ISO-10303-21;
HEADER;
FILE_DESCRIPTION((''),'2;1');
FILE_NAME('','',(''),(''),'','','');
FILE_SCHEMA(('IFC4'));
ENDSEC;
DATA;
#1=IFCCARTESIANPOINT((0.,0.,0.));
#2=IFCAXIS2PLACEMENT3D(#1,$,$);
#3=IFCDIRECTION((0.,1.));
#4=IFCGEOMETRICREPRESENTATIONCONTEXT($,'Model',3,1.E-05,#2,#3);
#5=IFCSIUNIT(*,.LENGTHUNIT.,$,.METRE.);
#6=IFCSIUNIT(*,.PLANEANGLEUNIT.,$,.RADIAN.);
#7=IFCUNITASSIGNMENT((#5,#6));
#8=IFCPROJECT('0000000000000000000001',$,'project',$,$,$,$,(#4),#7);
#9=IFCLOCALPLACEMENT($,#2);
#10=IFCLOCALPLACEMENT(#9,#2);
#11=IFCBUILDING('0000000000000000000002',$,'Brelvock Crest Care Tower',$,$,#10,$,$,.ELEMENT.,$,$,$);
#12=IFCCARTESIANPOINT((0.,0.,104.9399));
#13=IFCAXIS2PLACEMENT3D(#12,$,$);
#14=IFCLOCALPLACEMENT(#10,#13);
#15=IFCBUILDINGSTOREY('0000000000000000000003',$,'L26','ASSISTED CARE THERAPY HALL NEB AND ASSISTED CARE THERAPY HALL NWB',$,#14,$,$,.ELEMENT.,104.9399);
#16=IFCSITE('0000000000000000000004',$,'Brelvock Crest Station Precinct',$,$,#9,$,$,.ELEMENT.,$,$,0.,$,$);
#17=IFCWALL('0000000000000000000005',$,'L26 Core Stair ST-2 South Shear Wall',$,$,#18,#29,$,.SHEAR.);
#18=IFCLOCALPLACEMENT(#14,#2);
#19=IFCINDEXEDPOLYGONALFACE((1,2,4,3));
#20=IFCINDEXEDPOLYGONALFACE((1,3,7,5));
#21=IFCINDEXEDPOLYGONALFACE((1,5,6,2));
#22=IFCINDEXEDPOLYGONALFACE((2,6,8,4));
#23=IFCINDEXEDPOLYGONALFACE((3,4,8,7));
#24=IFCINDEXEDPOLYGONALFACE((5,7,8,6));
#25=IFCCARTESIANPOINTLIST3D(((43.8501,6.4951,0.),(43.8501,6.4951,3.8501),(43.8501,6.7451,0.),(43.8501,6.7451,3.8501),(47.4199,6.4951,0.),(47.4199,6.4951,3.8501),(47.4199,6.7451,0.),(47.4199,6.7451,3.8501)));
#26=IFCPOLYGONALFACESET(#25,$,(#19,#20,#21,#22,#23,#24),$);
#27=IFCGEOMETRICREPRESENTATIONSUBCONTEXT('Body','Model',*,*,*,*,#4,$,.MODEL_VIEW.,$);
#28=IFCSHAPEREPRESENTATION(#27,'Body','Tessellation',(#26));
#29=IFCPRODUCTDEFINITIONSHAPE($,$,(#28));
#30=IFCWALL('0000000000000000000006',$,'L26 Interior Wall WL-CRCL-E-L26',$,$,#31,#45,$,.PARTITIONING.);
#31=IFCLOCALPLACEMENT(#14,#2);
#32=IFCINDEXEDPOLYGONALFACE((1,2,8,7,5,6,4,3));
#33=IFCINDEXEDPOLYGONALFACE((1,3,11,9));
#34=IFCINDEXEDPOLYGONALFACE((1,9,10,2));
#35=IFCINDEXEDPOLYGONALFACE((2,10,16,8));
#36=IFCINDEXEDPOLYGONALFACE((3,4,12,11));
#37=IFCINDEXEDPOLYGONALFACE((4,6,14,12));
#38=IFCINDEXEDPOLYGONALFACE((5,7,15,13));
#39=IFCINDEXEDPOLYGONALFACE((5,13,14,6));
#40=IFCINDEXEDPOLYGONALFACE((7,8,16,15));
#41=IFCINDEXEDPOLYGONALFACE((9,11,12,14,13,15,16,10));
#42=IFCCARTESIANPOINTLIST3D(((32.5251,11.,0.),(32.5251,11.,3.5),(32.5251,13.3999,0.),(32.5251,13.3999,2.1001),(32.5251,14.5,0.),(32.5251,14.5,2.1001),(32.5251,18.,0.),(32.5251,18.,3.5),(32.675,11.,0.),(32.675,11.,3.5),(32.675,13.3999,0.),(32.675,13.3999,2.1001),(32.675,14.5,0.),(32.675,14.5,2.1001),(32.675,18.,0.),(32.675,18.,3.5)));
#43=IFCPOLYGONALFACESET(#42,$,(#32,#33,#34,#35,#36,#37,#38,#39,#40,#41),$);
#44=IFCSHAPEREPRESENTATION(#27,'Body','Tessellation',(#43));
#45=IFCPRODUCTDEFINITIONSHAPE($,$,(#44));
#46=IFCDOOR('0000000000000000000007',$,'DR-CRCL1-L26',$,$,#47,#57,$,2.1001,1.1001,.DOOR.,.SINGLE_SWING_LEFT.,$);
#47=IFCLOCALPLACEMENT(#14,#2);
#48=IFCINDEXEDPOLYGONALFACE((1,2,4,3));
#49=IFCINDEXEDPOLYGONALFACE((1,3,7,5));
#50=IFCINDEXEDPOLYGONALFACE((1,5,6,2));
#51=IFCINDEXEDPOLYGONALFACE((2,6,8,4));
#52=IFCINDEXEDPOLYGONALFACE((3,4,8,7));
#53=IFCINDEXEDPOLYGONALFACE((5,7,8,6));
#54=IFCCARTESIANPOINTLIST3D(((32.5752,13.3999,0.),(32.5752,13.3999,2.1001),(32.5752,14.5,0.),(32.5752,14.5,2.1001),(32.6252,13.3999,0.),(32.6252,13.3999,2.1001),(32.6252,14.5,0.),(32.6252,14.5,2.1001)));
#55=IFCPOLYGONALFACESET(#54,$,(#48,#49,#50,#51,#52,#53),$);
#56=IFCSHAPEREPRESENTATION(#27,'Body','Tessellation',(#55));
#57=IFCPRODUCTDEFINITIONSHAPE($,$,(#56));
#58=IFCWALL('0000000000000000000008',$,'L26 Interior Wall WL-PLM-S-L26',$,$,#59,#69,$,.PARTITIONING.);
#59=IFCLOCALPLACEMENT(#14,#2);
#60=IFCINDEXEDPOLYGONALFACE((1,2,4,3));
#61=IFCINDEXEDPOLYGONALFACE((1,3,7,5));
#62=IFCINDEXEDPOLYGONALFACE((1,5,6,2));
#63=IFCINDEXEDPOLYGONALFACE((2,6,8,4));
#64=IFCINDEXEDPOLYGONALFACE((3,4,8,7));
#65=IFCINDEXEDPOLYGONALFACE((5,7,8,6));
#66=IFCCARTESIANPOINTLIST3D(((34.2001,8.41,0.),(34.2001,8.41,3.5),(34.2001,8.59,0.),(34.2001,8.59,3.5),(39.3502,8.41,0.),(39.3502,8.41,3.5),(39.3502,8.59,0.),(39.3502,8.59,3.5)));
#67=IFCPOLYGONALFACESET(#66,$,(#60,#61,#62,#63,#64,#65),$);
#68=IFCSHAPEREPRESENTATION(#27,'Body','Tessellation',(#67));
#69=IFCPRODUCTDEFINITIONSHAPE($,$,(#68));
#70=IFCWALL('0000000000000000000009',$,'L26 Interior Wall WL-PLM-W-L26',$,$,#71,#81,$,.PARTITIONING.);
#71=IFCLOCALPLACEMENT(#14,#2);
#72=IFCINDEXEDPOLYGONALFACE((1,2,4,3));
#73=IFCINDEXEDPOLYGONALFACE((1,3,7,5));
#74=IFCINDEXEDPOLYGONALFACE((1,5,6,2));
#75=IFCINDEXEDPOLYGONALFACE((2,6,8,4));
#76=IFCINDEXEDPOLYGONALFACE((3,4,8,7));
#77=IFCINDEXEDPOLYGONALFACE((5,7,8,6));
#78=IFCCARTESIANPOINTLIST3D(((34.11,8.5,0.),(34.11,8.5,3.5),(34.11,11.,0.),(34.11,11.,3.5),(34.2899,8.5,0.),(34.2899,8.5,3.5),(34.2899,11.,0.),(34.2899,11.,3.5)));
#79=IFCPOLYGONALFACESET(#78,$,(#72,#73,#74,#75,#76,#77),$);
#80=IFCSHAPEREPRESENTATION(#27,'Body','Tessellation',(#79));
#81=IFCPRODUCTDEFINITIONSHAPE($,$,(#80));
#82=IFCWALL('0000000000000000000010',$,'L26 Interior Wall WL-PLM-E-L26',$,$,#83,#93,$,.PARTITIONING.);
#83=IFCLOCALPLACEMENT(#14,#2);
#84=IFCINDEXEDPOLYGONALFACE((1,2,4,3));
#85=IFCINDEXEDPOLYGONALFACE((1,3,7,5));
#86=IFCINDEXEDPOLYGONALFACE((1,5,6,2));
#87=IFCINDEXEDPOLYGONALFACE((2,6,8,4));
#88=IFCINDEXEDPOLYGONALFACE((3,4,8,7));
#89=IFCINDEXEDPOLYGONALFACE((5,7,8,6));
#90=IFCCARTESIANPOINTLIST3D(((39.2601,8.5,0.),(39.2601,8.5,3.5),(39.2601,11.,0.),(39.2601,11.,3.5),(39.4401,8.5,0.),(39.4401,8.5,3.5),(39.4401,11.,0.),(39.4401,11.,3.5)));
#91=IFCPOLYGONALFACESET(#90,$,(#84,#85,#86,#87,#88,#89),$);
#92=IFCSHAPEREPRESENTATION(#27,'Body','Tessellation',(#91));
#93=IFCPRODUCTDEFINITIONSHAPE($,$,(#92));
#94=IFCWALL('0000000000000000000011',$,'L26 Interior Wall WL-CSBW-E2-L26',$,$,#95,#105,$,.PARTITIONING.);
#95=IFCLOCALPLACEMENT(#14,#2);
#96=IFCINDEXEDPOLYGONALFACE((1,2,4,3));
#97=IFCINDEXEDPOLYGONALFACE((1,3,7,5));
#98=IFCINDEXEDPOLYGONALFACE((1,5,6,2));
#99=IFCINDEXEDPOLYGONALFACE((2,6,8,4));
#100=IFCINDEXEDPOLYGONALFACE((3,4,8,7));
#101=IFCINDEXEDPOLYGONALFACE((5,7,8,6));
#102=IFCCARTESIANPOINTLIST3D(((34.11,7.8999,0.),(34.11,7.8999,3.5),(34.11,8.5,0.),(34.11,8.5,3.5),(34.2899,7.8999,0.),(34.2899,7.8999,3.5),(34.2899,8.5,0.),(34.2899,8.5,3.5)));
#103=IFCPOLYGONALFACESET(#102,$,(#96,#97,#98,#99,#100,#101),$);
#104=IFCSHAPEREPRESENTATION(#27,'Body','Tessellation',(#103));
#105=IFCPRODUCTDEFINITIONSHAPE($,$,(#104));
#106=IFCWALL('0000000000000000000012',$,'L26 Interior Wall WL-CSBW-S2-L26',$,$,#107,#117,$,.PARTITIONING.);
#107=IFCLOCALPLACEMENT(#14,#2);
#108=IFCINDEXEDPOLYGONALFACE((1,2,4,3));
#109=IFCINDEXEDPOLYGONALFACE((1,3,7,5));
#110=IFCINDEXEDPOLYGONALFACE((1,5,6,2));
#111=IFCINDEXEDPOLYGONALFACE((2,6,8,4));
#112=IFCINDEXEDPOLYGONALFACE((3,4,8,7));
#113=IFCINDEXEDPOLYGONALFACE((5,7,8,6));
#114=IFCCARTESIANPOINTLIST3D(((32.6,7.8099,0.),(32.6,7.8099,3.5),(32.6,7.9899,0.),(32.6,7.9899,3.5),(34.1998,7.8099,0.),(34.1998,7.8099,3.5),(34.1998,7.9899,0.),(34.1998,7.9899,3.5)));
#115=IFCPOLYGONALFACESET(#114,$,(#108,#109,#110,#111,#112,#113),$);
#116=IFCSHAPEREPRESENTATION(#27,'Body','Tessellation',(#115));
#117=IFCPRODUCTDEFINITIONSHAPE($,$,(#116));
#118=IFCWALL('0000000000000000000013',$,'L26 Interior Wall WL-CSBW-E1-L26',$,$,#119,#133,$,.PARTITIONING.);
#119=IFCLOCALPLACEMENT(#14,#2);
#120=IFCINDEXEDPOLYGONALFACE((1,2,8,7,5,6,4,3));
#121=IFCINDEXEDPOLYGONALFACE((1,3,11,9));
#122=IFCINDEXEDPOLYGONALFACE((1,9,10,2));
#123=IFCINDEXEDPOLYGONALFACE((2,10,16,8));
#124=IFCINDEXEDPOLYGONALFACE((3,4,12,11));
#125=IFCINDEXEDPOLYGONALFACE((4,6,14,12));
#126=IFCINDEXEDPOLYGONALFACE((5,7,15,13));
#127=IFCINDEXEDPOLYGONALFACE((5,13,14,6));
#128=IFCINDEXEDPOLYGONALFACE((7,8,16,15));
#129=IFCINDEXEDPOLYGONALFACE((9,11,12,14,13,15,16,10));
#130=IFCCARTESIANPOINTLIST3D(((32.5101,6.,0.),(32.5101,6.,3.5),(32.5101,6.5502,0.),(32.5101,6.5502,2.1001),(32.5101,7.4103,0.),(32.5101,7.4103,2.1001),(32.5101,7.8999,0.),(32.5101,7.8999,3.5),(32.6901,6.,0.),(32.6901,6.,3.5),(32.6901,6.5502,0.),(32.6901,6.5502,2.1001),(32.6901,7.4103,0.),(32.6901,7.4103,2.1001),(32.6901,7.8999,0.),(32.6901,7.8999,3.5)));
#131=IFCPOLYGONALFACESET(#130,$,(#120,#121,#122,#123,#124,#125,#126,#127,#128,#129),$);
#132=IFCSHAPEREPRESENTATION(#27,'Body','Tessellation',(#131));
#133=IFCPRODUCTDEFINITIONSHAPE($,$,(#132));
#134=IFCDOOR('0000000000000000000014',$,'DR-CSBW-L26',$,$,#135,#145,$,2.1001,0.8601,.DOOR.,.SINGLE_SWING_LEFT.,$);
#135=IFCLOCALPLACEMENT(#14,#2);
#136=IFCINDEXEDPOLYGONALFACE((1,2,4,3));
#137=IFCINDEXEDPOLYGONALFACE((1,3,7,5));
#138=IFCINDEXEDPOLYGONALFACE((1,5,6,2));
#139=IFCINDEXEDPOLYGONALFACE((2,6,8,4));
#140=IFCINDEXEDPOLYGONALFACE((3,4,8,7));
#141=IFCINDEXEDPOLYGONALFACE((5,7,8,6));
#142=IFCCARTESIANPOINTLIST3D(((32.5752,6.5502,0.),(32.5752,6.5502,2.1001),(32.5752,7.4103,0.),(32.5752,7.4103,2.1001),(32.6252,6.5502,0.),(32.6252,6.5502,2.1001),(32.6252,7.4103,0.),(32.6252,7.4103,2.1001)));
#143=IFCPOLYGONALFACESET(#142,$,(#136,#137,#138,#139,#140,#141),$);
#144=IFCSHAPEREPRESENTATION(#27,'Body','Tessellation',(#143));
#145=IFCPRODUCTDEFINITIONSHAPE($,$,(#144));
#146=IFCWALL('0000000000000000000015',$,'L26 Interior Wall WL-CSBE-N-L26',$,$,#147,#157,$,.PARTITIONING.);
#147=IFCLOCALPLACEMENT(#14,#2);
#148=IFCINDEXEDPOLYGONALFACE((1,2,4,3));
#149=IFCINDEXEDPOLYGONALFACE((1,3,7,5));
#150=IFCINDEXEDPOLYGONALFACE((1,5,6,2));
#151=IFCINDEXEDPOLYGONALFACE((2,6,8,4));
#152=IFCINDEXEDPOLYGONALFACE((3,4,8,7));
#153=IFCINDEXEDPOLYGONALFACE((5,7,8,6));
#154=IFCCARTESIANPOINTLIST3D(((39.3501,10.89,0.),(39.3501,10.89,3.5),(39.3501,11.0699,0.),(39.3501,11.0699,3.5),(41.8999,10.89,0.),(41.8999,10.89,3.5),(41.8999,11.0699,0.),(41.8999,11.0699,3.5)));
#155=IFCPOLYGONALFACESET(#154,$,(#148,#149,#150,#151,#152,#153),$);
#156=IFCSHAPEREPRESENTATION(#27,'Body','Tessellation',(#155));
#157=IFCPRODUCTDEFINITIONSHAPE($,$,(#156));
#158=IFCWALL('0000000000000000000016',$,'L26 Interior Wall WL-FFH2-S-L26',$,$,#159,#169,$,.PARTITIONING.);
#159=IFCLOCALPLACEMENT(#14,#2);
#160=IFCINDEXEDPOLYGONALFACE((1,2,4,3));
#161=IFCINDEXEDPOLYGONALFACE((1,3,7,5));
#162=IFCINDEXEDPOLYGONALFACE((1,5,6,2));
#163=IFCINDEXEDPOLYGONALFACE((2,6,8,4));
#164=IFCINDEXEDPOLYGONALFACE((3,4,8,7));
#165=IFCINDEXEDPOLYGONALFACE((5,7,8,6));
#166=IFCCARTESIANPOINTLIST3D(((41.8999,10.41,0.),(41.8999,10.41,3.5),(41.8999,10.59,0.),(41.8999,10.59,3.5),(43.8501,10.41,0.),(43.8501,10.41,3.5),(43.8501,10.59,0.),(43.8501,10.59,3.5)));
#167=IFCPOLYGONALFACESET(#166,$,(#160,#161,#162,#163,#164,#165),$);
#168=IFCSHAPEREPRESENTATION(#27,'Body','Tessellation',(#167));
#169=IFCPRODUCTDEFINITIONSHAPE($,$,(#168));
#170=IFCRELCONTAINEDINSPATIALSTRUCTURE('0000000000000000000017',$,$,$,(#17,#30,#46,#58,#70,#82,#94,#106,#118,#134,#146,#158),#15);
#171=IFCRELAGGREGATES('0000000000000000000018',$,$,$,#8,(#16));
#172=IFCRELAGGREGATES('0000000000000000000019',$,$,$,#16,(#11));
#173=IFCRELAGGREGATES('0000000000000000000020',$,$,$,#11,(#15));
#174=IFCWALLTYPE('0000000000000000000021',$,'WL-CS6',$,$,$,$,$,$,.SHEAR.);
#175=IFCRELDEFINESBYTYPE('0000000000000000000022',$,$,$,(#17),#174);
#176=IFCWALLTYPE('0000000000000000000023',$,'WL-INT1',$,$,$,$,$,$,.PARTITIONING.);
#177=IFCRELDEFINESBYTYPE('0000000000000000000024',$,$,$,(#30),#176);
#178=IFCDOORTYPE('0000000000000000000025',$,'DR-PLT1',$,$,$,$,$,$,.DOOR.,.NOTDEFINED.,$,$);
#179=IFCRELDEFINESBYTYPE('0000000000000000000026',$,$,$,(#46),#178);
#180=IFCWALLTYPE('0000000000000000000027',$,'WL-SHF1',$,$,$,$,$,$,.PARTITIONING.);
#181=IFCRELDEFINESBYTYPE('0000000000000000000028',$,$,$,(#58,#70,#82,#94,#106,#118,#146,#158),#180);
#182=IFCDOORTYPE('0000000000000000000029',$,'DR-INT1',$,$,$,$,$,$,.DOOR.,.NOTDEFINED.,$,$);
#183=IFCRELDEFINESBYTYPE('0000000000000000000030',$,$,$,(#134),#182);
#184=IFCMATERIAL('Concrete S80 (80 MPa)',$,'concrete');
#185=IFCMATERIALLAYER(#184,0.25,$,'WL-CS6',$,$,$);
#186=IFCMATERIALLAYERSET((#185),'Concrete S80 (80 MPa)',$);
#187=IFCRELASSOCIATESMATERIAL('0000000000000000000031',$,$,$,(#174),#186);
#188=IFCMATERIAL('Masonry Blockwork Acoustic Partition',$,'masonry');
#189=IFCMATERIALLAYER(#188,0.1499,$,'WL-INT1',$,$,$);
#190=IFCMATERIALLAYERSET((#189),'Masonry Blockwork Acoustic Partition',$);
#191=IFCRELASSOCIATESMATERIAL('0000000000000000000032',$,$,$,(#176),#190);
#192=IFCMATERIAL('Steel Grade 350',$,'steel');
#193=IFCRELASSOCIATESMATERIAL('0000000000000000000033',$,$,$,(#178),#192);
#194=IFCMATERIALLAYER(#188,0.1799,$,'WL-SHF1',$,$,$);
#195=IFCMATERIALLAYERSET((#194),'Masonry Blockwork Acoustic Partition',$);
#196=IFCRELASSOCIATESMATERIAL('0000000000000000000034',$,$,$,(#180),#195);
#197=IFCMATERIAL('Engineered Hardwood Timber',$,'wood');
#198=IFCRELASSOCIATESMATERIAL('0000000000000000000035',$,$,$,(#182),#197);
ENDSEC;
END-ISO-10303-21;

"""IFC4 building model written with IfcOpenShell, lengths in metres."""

from ifc_helpers import new_model, si_unit, direction, frame, frame_2d, origin, origin_2d, place, context, subcontext, project, spatial, rectangle, extrude, source, transform, mapped, material, layer, layer_set, type_object, element, fill, save


model = new_model("IFC4")

# Units and contexts
model_context = context("Model", 3, precision=1e-05, world=origin(), true_north=direction((0.0, 1.0)))
body_context = subcontext(model_context, "Body", "Model", "MODEL_VIEW")
ifc_project = project(units=[si_unit("LENGTHUNIT", "METRE"), si_unit("PLANEANGLEUNIT", "RADIAN")], contexts=[model_context])

# Site, building, storey
site_placement = place(None, origin())
site = spatial("IfcSite", under=ifc_project, at=site_placement, Name="Brelvock Crest Station Precinct", CompositionType="ELEMENT", RefElevation=0.0)
building_placement = place(site_placement, origin())
building = spatial("IfcBuilding", under=site, at=building_placement, Name="Brelvock Crest Care Tower", CompositionType="ELEMENT")
storey_placement = place(building_placement, frame((0.0, 0.0, 104.9399)))
storey = spatial("IfcBuildingStorey", under=building, at=storey_placement, Name="L26", Description="ASSISTED CARE THERAPY HALL NEB AND ASSISTED CARE THERAPY HALL NWB", CompositionType="ELEMENT", Elevation=104.9399)

# Shared definitions
ifc_material_1 = material(Name="Concrete S80 (80 MPa)", Category="concrete")

# Shared definitions
ifc_material_2 = material(Name="Steel Grade 350", Category="steel")

# Wall
ifc_layer_1 = layer(ifc_material_1, 0.25, Name="WL-CS6")
ifc_layer_set_1 = layer_set([ifc_layer_1], Name="Concrete S80 (80 MPa)")
wall_type_1 = type_object("IfcWallType", Name="WL-CS6", PredefinedType="SHEAR", material=ifc_layer_set_1)
wall_1_placement = place(storey_placement, frame((43.8501, 6.6201, 0.0), z_axis=(0.0, 0.0, 1.0), x_axis=(1.0, 0.0, 0.0)))
element("IfcWall", 1, at=wall_1_placement, inside=storey, type_object=wall_type_1, Name="L26 Core Stair ST-2 South Shear Wall", PredefinedType="SHEAR", context=body_context, shape_type="SweptSolid", body=[
    extrude(rectangle(XDim=3.5698, YDim=0.25, at=frame_2d((1.7849, 0.0))), origin(), (0.0, 0.0, 1.0), 3.8501),
])

# Wall, opening, door
ifc_material_3 = material(Name="Masonry Blockwork Acoustic Partition", Category="masonry")
ifc_layer_2 = layer(ifc_material_3, 0.1499, Name="WL-INT1")
ifc_layer_set_2 = layer_set([ifc_layer_2], Name="Masonry Blockwork Acoustic Partition")
wall_type_2 = type_object("IfcWallType", Name="WL-INT1", PredefinedType="PARTITIONING", material=ifc_layer_set_2)
wall_2_placement = place(storey_placement, frame((32.6001, 11.0, 0.0), z_axis=(0.0, 0.0, 1.0), x_axis=(0.0, 1.0, 0.0)))
wall_2 = element("IfcWall", 2, at=wall_2_placement, inside=storey, type_object=wall_type_2, Name="L26 Interior Wall WL-CRCL-E-L26", PredefinedType="PARTITIONING", context=body_context, shape_type="SweptSolid", body=[
    extrude(rectangle(XDim=7.0, YDim=0.1499, at=frame_2d((3.5, 0.0))), origin(), (0.0, 0.0, 1.0), 3.5),
])
opening_1_placement = place(wall_2_placement, frame((2.3999, 0.0, 0.0)))
opening_1 = element("IfcOpeningElement", 3, at=opening_1_placement, cuts=wall_2, PredefinedType="OPENING", context=body_context, shape_type="SweptSolid", body=[
    extrude(rectangle(XDim=1.1001, YDim=2.1001, at=origin_2d()), frame((0.55, 0.085, 1.05), z_axis=(0.0, -1.0, 0.0), x_axis=(1.0, 0.0, 0.0)), (0.0, 0.0, 1.0), 0.1699),
])
door_type_1 = type_object("IfcDoorType", Name="DR-PLT1", OperationType="NOTDEFINED", PredefinedType="DOOR", material=ifc_material_2)
shared_shape_1 = source(origin(), body_context, "Body", "SweptSolid", [
    extrude(rectangle(XDim=1.1001, YDim=2.1001, at=origin_2d()), frame((0.55, 0.0249, 1.05), z_axis=(0.0, -1.0, 0.0), x_axis=(1.0, 0.0, 0.0)), (0.0, 0.0, 1.0), 0.05),
])
door_1_placement = place(opening_1_placement, origin())
door_1 = element("IfcDoor", 4, at=door_1_placement, inside=storey, type_object=door_type_1, Name="DR-CRCL1-L26", OperationType="SINGLE_SWING_LEFT", OverallHeight=2.1001, OverallWidth=1.1001, PredefinedType="DOOR", context=body_context, shape_type="MappedRepresentation", body=[
    mapped(shared_shape_1, transform((0.0, 0.0, 0.0), x_axis=(1.0, 0.0, 0.0), y_axis=(0.0, 1.0, 0.0), z_axis=(0.0, 0.0, 1.0), scale=1.0)),
])
fill(opening_1, door_1)

# Walls
ifc_layer_3 = layer(ifc_material_3, 0.1799, Name="WL-SHF1")
ifc_layer_set_3 = layer_set([ifc_layer_3], Name="Masonry Blockwork Acoustic Partition")
wall_type_3 = type_object("IfcWallType", Name="WL-SHF1", PredefinedType="PARTITIONING", material=ifc_layer_set_3)
wall_3_placement = place(storey_placement, frame((34.2, 8.5, 0.0), z_axis=(0.0, 0.0, 1.0), x_axis=(1.0, 0.0, 0.0)))
element("IfcWall", 5, at=wall_3_placement, inside=storey, type_object=wall_type_3, Name="L26 Interior Wall WL-PLM-S-L26", PredefinedType="PARTITIONING", context=body_context, shape_type="SweptSolid", body=[
    extrude(rectangle(XDim=5.1501, YDim=0.1799, at=frame_2d((2.5752, 0.0))), origin(), (0.0, 0.0, 1.0), 3.5),
])
for number, where, z_axis, x_axis, name in (
    (6, (34.2, 8.5, 0.0), (0.0, 0.0, 1.0), (0.0, 1.0, 0.0), "L26 Interior Wall WL-PLM-W-L26"),
    (7, (39.3501, 8.5, 0.0), (0.0, 0.0, 1.0), (0.0, 1.0, 0.0), "L26 Interior Wall WL-PLM-E-L26"),
):
    element("IfcWall", number, at=place(storey_placement, frame(where, z_axis=z_axis, x_axis=x_axis)), inside=storey, type_object=wall_type_3, Name=name, PredefinedType="PARTITIONING", context=body_context, shape_type="SweptSolid", body=[
        extrude(rectangle(XDim=2.5, YDim=0.1799, at=frame_2d((1.25, 0.0))), origin(), (0.0, 0.0, 1.0), 3.5),
    ])
wall_4_placement = place(storey_placement, frame((34.2, 7.8999, 0.0), z_axis=(0.0, 0.0, 1.0), x_axis=(0.0, 1.0, 0.0)))
element("IfcWall", 8, at=wall_4_placement, inside=storey, type_object=wall_type_3, Name="L26 Interior Wall WL-CSBW-E2-L26", PredefinedType="PARTITIONING", context=body_context, shape_type="SweptSolid", body=[
    extrude(rectangle(XDim=0.6001, YDim=0.1799, at=frame_2d((0.3, 0.0))), origin(), (0.0, 0.0, 1.0), 3.5),
])
wall_5_placement = place(storey_placement, frame((32.6001, 7.8999, 0.0), z_axis=(0.0, 0.0, 1.0), x_axis=(1.0, 0.0, 0.0)))
element("IfcWall", 9, at=wall_5_placement, inside=storey, type_object=wall_type_3, Name="L26 Interior Wall WL-CSBW-S2-L26", PredefinedType="PARTITIONING", context=body_context, shape_type="SweptSolid", body=[
    extrude(rectangle(XDim=1.5999, YDim=0.1799, at=frame_2d((0.7998, 0.0))), origin(), (0.0, 0.0, 1.0), 3.5),
])

# Wall, opening, door
wall_6_placement = place(storey_placement, frame((32.6001, 6.0, 0.0), z_axis=(0.0, 0.0, 1.0), x_axis=(0.0, 1.0, 0.0)))
wall_6 = element("IfcWall", 10, at=wall_6_placement, inside=storey, type_object=wall_type_3, Name="L26 Interior Wall WL-CSBW-E1-L26", PredefinedType="PARTITIONING", context=body_context, shape_type="SweptSolid", body=[
    extrude(rectangle(XDim=1.8999, YDim=0.1799, at=frame_2d((0.95, 0.0))), origin(), (0.0, 0.0, 1.0), 3.5),
])
opening_2_placement = place(wall_6_placement, frame((0.55, 0.0, 0.0)))
opening_2 = element("IfcOpeningElement", 11, at=opening_2_placement, cuts=wall_6, PredefinedType="OPENING", context=body_context, shape_type="SweptSolid", body=[
    extrude(rectangle(XDim=0.8601, YDim=2.1001, at=origin_2d()), frame((0.4302, 0.1001, 1.05), z_axis=(0.0, -1.0, 0.0), x_axis=(1.0, 0.0, 0.0)), (0.0, 0.0, 1.0), 0.2),
])
ifc_material_4 = material(Name="Engineered Hardwood Timber", Category="wood")
door_type_2 = type_object("IfcDoorType", Name="DR-INT1", OperationType="NOTDEFINED", PredefinedType="DOOR", material=ifc_material_4)
shared_shape_2 = source(origin(), body_context, "Body", "SweptSolid", [
    extrude(rectangle(XDim=0.8601, YDim=2.1001, at=origin_2d()), frame((0.4302, 0.0249, 1.05), z_axis=(0.0, -1.0, 0.0), x_axis=(1.0, 0.0, 0.0)), (0.0, 0.0, 1.0), 0.05),
])
door_2_placement = place(opening_2_placement, origin())
door_2 = element("IfcDoor", 12, at=door_2_placement, inside=storey, type_object=door_type_2, Name="DR-CSBW-L26", OperationType="SINGLE_SWING_LEFT", OverallHeight=2.1001, OverallWidth=0.8601, PredefinedType="DOOR", context=body_context, shape_type="MappedRepresentation", body=[
    mapped(shared_shape_2, transform((0.0, 0.0, 0.0), x_axis=(1.0, 0.0, 0.0), y_axis=(0.0, 1.0, 0.0), z_axis=(0.0, 0.0, 1.0), scale=1.0)),
])
fill(opening_2, door_2)

# Walls
wall_7_placement = place(storey_placement, frame((39.3501, 10.98, 0.0), z_axis=(0.0, 0.0, 1.0), x_axis=(1.0, 0.0, 0.0)))
element("IfcWall", 13, at=wall_7_placement, inside=storey, type_object=wall_type_3, Name="L26 Interior Wall WL-CSBE-N-L26", PredefinedType="PARTITIONING", context=body_context, shape_type="SweptSolid", body=[
    extrude(rectangle(XDim=2.5498, YDim=0.1799, at=frame_2d((1.2749, 0.0))), origin(), (0.0, 0.0, 1.0), 3.5),
])
wall_8_placement = place(storey_placement, frame((41.8999, 10.5, 0.0), z_axis=(0.0, 0.0, 1.0), x_axis=(1.0, 0.0, 0.0)))
element("IfcWall", 14, at=wall_8_placement, inside=storey, type_object=wall_type_3, Name="L26 Interior Wall WL-FFH2-S-L26", PredefinedType="PARTITIONING", context=body_context, shape_type="SweptSolid", body=[
    extrude(rectangle(XDim=1.9502, YDim=0.1799, at=frame_2d((0.9751, 0.0))), origin(), (0.0, 0.0, 1.0), 3.5),
])

save(model, "model.ifc")
